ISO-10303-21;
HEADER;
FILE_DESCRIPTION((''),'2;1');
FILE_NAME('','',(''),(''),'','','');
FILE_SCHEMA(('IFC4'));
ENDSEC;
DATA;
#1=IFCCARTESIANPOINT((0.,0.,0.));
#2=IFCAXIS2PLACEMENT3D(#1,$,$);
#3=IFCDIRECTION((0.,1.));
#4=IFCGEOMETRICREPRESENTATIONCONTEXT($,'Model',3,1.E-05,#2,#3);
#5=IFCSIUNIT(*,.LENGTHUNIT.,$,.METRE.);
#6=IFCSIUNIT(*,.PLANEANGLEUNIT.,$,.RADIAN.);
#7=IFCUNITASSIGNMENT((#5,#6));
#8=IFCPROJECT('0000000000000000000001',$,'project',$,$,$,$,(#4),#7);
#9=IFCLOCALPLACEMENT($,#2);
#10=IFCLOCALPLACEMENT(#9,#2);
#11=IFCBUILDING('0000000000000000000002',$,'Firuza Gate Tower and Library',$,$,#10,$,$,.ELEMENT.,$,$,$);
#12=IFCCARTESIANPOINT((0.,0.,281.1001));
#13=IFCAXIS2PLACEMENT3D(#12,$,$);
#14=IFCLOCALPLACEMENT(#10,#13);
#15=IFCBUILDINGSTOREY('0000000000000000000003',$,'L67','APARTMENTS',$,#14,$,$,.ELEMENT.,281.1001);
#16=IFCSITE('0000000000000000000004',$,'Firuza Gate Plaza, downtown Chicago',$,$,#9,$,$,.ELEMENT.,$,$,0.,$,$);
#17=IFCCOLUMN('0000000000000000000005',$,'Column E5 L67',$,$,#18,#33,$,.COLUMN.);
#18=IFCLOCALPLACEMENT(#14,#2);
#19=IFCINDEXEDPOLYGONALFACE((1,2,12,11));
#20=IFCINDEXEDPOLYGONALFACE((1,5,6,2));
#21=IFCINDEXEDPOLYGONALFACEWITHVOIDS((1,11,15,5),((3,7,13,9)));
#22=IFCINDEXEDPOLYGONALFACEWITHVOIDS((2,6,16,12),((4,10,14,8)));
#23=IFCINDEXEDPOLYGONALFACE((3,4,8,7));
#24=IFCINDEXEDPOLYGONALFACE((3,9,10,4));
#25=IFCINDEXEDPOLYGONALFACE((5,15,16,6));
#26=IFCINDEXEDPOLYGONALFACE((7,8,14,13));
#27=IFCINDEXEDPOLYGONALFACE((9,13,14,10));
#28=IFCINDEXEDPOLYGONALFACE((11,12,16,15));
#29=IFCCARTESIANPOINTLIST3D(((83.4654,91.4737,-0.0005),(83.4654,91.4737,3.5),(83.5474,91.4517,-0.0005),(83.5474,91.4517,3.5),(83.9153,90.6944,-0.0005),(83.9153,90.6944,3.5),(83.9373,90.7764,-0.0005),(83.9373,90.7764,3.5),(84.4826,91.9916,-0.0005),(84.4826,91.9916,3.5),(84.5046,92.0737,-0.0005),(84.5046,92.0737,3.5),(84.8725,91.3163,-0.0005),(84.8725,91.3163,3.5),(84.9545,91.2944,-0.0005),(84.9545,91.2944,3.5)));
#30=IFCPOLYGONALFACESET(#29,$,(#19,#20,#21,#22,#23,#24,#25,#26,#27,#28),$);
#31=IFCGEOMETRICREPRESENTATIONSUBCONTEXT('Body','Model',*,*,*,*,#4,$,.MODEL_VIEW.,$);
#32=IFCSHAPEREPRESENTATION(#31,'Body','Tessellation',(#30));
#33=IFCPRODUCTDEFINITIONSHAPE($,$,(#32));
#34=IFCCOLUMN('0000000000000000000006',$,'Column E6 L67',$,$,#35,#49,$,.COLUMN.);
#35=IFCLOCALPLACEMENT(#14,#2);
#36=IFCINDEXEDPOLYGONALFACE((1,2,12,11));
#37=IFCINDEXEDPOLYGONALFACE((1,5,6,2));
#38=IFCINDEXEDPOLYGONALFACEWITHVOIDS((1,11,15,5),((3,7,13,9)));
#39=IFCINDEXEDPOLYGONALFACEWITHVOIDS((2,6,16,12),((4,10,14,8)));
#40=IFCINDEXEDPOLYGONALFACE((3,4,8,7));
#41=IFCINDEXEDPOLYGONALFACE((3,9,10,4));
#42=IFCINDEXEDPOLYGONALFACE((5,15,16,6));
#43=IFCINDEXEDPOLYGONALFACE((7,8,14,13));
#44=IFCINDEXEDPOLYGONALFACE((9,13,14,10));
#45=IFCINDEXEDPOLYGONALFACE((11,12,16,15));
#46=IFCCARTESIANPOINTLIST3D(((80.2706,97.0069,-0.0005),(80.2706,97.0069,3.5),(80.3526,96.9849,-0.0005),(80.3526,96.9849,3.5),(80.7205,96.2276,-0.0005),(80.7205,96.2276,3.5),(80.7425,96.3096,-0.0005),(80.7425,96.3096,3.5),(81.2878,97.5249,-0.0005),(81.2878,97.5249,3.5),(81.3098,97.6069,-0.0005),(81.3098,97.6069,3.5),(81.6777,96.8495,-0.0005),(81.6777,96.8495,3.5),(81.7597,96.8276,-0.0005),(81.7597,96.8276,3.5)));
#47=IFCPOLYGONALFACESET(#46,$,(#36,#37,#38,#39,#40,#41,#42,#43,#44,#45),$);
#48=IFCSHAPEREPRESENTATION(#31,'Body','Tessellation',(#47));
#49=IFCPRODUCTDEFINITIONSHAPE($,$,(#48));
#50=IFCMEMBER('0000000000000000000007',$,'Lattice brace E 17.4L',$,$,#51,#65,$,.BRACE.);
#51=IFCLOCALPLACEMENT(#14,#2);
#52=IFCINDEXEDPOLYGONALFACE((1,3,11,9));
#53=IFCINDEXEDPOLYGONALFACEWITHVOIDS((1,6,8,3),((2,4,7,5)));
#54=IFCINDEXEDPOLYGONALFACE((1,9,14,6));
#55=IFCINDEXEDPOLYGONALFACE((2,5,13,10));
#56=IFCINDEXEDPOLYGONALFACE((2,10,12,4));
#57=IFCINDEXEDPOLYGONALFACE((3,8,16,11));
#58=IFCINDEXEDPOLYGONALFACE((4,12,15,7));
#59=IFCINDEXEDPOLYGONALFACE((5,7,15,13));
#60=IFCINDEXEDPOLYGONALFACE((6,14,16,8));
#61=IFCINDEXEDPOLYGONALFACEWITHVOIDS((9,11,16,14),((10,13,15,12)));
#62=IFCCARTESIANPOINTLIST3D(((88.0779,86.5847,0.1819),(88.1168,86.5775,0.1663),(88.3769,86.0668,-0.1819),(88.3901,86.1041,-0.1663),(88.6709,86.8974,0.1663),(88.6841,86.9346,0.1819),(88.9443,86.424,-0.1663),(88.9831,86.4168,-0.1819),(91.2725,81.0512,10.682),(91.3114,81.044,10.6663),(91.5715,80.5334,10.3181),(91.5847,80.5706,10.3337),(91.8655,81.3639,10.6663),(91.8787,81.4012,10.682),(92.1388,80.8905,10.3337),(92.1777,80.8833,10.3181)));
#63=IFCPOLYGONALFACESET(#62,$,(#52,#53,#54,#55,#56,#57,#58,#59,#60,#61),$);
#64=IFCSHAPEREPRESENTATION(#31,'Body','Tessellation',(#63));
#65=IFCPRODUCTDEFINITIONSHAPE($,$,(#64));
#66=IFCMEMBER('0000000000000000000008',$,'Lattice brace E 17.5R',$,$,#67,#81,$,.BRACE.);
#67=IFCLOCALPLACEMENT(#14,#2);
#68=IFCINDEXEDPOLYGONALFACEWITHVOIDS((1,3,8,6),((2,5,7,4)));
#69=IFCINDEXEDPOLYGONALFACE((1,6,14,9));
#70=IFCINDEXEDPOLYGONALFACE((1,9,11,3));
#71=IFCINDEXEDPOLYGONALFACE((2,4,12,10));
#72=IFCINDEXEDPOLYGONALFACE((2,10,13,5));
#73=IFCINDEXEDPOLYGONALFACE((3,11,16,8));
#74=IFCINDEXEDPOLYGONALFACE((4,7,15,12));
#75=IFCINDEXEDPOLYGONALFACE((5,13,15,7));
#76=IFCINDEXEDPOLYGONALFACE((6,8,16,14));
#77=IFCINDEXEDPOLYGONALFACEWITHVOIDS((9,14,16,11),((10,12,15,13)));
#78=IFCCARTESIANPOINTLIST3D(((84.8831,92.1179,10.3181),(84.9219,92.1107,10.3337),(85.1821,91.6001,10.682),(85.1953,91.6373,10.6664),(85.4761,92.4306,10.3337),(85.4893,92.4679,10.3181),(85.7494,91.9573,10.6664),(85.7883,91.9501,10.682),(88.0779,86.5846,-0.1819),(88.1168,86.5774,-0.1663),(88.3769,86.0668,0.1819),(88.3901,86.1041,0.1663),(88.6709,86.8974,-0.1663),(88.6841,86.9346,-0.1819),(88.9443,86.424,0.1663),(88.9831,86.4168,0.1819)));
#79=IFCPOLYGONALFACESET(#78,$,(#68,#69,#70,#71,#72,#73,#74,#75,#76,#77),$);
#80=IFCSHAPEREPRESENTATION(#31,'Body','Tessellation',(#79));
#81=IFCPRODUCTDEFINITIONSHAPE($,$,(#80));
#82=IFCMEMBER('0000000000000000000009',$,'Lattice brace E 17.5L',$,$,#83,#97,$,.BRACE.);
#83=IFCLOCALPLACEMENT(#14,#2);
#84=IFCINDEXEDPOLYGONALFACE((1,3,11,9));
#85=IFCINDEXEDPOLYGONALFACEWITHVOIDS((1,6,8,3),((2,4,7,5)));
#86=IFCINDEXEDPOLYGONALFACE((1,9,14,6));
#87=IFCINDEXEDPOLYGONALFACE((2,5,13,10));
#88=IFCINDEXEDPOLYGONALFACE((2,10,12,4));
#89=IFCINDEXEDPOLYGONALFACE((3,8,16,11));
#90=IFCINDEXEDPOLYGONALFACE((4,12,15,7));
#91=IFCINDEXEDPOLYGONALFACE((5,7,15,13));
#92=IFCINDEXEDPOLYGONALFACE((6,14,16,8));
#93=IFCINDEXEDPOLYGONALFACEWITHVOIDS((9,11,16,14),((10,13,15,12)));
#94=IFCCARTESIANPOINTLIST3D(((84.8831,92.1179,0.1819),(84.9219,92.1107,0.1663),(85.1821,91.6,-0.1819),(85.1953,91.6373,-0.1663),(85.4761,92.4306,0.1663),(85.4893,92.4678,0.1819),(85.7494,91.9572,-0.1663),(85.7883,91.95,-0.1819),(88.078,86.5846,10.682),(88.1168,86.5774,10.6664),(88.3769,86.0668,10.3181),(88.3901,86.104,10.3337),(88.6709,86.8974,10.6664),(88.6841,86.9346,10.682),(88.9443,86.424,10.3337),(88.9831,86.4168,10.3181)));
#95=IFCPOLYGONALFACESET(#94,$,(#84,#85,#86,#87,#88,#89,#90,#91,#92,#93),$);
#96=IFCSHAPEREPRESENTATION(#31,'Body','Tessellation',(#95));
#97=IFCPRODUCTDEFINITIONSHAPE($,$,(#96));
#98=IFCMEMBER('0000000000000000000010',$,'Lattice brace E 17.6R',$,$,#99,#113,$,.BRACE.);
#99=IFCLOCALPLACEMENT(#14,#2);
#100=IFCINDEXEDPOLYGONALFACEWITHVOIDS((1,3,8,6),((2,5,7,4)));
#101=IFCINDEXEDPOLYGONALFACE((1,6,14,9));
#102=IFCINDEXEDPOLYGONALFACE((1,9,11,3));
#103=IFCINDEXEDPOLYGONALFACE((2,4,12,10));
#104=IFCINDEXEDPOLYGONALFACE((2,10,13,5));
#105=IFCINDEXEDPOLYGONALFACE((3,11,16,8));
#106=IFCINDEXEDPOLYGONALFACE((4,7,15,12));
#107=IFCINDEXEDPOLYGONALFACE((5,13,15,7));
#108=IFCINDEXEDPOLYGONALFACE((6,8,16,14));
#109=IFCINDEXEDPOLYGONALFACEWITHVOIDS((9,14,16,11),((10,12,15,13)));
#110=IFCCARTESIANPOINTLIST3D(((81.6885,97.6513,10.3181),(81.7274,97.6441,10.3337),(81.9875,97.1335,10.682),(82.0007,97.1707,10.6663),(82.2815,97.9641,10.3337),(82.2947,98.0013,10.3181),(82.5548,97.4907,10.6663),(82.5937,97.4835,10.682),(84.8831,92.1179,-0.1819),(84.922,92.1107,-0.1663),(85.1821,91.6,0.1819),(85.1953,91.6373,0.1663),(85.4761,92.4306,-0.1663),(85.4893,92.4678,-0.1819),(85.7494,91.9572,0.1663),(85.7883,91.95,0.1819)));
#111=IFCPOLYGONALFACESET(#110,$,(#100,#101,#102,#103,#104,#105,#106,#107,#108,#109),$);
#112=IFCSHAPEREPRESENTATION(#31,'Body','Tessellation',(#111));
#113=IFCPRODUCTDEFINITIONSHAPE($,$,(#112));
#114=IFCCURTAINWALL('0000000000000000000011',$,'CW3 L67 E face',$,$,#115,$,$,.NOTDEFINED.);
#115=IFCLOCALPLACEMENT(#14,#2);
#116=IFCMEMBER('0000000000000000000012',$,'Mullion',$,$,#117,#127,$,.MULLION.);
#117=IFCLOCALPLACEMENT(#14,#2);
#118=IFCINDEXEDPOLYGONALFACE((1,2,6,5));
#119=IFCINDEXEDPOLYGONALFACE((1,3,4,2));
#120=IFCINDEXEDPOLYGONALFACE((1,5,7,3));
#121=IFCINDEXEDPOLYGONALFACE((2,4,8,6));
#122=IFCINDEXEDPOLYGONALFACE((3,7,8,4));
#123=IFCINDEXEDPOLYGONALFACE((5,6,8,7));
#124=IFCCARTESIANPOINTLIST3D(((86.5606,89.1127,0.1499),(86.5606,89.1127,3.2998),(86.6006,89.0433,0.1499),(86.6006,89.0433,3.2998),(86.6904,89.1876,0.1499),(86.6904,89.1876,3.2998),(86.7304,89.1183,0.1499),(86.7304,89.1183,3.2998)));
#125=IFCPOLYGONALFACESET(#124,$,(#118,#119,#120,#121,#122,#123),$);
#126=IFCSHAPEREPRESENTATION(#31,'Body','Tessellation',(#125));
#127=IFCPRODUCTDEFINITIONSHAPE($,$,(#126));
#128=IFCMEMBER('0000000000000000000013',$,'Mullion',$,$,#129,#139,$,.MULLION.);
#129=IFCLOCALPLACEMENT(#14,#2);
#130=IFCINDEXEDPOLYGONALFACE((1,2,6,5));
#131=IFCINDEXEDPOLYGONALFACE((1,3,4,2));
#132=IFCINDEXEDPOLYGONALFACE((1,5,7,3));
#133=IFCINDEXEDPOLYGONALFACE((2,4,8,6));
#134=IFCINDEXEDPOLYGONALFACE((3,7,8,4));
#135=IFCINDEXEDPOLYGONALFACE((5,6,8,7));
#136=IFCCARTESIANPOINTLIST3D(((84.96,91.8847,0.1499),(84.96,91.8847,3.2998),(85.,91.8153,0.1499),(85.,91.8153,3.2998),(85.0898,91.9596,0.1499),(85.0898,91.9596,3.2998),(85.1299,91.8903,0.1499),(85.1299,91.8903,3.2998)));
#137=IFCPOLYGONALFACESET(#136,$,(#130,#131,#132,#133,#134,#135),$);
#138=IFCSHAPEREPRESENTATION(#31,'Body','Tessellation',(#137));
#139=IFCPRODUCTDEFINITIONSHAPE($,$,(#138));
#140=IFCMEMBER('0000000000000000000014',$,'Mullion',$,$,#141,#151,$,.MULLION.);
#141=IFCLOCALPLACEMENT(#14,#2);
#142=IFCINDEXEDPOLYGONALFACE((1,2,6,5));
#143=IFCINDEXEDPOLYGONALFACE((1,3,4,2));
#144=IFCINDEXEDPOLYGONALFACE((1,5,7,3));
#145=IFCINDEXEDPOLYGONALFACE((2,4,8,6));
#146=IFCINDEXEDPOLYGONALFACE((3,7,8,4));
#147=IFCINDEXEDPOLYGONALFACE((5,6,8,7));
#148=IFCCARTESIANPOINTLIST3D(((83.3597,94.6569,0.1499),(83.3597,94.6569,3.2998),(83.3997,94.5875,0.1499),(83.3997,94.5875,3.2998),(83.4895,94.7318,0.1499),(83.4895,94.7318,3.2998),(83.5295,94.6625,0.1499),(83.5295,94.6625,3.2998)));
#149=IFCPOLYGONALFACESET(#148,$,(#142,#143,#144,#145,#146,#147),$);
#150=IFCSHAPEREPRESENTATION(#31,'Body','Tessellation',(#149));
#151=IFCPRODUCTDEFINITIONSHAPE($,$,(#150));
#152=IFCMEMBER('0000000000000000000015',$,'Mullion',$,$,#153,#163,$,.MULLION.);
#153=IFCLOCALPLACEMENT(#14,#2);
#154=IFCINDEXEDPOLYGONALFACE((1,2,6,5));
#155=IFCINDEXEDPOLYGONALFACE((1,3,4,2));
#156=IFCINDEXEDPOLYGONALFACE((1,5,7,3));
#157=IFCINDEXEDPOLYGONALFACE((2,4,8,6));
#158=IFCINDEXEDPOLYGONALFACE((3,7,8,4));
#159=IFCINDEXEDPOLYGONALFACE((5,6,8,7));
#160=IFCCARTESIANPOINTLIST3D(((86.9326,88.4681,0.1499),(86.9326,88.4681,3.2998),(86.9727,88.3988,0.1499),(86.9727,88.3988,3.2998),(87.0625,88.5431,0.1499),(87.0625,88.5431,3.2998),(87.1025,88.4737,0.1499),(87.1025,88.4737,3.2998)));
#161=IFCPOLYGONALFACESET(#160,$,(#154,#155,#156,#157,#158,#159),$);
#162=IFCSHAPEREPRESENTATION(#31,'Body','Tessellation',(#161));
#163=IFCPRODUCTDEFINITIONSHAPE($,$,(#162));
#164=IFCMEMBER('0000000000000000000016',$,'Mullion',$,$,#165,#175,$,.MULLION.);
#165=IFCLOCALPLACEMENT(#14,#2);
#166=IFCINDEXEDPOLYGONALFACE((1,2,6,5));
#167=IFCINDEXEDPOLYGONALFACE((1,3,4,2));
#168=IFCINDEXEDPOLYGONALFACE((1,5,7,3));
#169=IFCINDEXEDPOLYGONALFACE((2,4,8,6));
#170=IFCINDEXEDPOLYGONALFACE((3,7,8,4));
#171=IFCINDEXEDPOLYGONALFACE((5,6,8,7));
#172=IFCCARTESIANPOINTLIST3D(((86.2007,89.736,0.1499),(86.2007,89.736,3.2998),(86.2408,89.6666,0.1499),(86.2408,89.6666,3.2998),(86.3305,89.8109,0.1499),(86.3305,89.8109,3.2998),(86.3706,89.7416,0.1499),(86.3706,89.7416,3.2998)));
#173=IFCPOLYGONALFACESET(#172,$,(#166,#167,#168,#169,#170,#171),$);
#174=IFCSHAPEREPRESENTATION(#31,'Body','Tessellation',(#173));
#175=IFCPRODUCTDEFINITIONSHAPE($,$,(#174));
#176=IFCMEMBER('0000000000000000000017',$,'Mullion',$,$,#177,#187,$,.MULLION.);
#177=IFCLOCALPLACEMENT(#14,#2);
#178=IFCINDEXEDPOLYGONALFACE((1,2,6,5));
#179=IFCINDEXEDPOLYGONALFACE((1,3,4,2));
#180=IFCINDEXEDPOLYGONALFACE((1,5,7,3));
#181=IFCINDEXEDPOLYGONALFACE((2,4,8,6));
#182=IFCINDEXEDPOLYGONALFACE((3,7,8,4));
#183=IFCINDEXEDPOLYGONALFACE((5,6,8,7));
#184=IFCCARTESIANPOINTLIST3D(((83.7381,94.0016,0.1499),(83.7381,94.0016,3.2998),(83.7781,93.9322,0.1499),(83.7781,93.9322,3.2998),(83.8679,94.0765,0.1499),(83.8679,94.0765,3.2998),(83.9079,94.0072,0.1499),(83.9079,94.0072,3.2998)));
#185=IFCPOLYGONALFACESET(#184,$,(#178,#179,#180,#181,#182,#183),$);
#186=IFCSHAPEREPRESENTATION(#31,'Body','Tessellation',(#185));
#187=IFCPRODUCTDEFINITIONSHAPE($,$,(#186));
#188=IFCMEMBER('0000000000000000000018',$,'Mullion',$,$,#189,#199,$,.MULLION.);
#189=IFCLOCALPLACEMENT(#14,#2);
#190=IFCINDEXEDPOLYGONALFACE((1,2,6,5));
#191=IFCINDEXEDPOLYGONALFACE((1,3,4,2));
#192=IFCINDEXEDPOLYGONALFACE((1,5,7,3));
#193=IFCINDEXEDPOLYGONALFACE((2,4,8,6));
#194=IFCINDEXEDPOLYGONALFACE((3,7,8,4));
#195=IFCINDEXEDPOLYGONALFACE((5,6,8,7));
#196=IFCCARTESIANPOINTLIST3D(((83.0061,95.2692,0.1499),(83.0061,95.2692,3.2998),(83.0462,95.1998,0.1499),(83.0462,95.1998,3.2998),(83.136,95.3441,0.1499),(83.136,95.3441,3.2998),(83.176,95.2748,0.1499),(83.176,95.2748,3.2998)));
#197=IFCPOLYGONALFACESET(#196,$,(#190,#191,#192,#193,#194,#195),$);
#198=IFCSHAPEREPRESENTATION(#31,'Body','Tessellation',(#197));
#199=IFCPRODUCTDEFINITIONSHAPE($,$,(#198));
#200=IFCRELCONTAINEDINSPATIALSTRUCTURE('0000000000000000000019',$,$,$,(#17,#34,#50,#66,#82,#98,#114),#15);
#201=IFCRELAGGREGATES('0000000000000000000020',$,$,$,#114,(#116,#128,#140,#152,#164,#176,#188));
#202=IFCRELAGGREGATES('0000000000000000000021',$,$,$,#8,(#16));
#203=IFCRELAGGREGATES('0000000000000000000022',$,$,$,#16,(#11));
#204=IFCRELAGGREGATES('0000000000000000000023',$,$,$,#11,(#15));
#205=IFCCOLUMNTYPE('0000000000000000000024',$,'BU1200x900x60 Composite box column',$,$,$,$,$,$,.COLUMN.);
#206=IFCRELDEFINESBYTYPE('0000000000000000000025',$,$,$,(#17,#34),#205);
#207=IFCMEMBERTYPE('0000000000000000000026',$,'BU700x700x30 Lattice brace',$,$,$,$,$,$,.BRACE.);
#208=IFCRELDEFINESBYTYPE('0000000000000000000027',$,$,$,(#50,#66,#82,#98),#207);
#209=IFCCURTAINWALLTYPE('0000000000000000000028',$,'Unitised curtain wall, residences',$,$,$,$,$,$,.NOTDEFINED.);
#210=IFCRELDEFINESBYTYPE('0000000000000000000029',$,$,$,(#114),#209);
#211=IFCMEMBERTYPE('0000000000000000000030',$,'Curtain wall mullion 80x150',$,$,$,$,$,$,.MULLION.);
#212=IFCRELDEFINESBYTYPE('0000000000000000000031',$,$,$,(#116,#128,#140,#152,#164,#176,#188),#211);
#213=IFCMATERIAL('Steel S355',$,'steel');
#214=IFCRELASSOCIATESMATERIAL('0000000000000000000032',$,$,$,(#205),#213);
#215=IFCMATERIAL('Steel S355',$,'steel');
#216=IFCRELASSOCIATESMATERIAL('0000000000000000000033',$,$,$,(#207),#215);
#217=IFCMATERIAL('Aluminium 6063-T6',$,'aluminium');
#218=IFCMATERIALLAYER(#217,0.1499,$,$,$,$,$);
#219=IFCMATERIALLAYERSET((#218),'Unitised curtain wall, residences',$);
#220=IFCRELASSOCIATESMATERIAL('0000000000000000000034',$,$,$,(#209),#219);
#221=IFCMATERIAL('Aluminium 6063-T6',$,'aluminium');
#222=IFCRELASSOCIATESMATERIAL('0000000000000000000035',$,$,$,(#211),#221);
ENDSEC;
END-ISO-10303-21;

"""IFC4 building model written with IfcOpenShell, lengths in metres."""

from ifc_helpers import new_model, si_unit, direction, frame, origin, origin_2d, place, context, subcontext, project, spatial, rectangle, hollow_rectangle, extrude, material, layer, layer_set, material_profile, profile_set, type_object, element, aggregate, save


model = new_model("IFC4")

# Units and contexts
model_context = context("Model", 3, precision=1e-05, world=origin(), true_north=direction((0.0, 1.0)))
body_context = subcontext(model_context, "Body", "Model", "MODEL_VIEW")
ifc_project = project(units=[si_unit("LENGTHUNIT", "METRE"), si_unit("PLANEANGLEUNIT", "RADIAN")], contexts=[model_context])

# Site, building, storey
site_placement = place(None, origin())
site = spatial("IfcSite", under=ifc_project, at=site_placement, Name="Firuza Gate Plaza, downtown Chicago", CompositionType="ELEMENT", RefElevation=0.0)
building_placement = place(site_placement, origin())
building = spatial("IfcBuilding", under=site, at=building_placement, Name="Firuza Gate Tower and Library", CompositionType="ELEMENT")
storey_placement = place(building_placement, frame((0.0, 0.0, 281.1001)))
storey = spatial("IfcBuildingStorey", under=building, at=storey_placement, Name="L67", Description="APARTMENTS", CompositionType="ELEMENT", Elevation=281.1001)

# Columns
ifc_material_1 = material(Name="Steel S355", Category="steel")
ifc_material_profile_1 = material_profile(ifc_material_1, hollow_rectangle(XDim=0.8999, YDim=1.2, WallThickness=0.0601, at=origin_2d()))
ifc_profile_set_1 = profile_set([ifc_material_profile_1], Name="Steel S355")
column_type = type_object("IfcColumnType", Name="BU1200x900x60 Composite box column", PredefinedType="COLUMN", material=ifc_profile_set_1)
for number, where, z_axis, x_axis, name in (
    (1, (84.21, 91.384, -0.0005), (0.0, 0.0, 1.0), (-0.5, 0.866025, 0.0), "Column E5 L67"),
    (2, (81.0151, 96.9172, -0.0005), (0.0, 0.0, 1.0), (-0.5, 0.866025, 0.0), "Column E6 L67"),
):
    element("IfcColumn", number, at=place(storey_placement, frame(where, z_axis=z_axis, x_axis=x_axis)), inside=storey, type_object=column_type, Name=name, PredefinedType="COLUMN", context=body_context, shape_type="SweptSolid", body=[
        extrude(hollow_rectangle(XDim=0.8999, YDim=1.2, WallThickness=0.0601, at=origin_2d()), origin(), (0.0, 0.0, 1.0), 3.5005),
    ])

# Members
ifc_material_2 = material(Name="Steel S355", Category="steel")
ifc_material_profile_2 = material_profile(ifc_material_2, hollow_rectangle(XDim=0.7, YDim=0.7, WallThickness=0.03, at=origin_2d()))
ifc_profile_set_2 = profile_set([ifc_material_profile_2], Name="Steel S355")
member_type_1 = type_object("IfcMemberType", Name="BU700x700x30 Lattice brace", PredefinedType="BRACE", material=ifc_profile_set_2)
for number, where, z_axis, x_axis, name in (
    (3, (88.5305, 86.5007, 0.0), (0.259907, -0.450195, 0.854268), (0.866036, 0.499982, 0.0), "Lattice brace E 17.4L"),
    (4, (88.5305, 86.5007, 0.0), (-0.259928, 0.450177, 0.854271), (-0.86601, -0.500027, 0.0), "Lattice brace E 17.5R"),
    (5, (85.3357, 92.0339, 0.0), (0.259928, -0.450177, 0.854271), (0.86601, 0.500027, 0.0), "Lattice brace E 17.5L"),
    (6, (85.3357, 92.0339, 0.0), (-0.259907, 0.450195, 0.854268), (-0.866036, -0.499982, 0.0), "Lattice brace E 17.6R"),
):
    element("IfcMember", number, at=place(storey_placement, frame(where, z_axis=z_axis, x_axis=x_axis)), inside=storey, type_object=member_type_1, Name=name, PredefinedType="BRACE", context=body_context, shape_type="SweptSolid", body=[
        extrude(hollow_rectangle(XDim=0.7, YDim=0.7, WallThickness=0.03, at=origin_2d()), origin(), (0.0, 0.0, 1.0), 12.2913),
    ])

# Curtain wall, members
ifc_material_3 = material(Name="Aluminium 6063-T6", Category="aluminium")
ifc_layer_1 = layer(ifc_material_3, 0.1499)
ifc_layer_set_1 = layer_set([ifc_layer_1], Name="Unitised curtain wall, residences")
curtain_wall_type = type_object("IfcCurtainWallType", Name="Unitised curtain wall, residences", PredefinedType="NOTDEFINED", material=ifc_layer_set_1)
curtain_wall_placement = place(storey_placement, origin())
curtain_wall = element("IfcCurtainWall", 7, at=curtain_wall_placement, inside=storey, type_object=curtain_wall_type, Name="CW3 L67 E face", PredefinedType="NOTDEFINED")
ifc_material_4 = material(Name="Aluminium 6063-T6", Category="aluminium")
ifc_material_profile_3 = material_profile(ifc_material_4, rectangle(XDim=0.1499, YDim=0.0801, at=origin_2d()))
ifc_profile_set_3 = profile_set([ifc_material_profile_3], Name="Aluminium 6063-T6")
member_type_2 = type_object("IfcMemberType", Name="Curtain wall mullion 80x150", PredefinedType="MULLION", material=ifc_profile_set_3)
member_1_placement = place(storey_placement, frame((86.6455, 89.1155, 0.1499), z_axis=(0.0, 0.0, 1.0), x_axis=(-0.866025, -0.5, 0.0)))
member_1 = element("IfcMember", 8, at=member_1_placement, type_object=member_type_2, Name="Mullion", PredefinedType="MULLION", context=body_context, shape_type="SweptSolid", body=[
    extrude(rectangle(XDim=0.1499, YDim=0.0801, at=origin_2d()), origin(), (0.0, 0.0, 1.0), 3.1499),
])
member_2_placement = place(storey_placement, frame((85.0449, 91.8875, 0.1499), z_axis=(0.0, 0.0, 1.0), x_axis=(-0.866025, -0.5, 0.0)))
member_2 = element("IfcMember", 9, at=member_2_placement, type_object=member_type_2, Name="Mullion", PredefinedType="MULLION", context=body_context, shape_type="SweptSolid", body=[
    extrude(rectangle(XDim=0.1499, YDim=0.0801, at=origin_2d()), origin(), (0.0, 0.0, 1.0), 3.1499),
])
member_3_placement = place(storey_placement, frame((83.4446, 94.6597, 0.1499), z_axis=(0.0, 0.0, 1.0), x_axis=(-0.866025, -0.5, 0.0)))
member_3 = element("IfcMember", 10, at=member_3_placement, type_object=member_type_2, Name="Mullion", PredefinedType="MULLION", context=body_context, shape_type="SweptSolid", body=[
    extrude(rectangle(XDim=0.1499, YDim=0.0801, at=origin_2d()), origin(), (0.0, 0.0, 1.0), 3.1499),
])
member_4_placement = place(storey_placement, frame((87.0176, 88.4709, 0.1499), z_axis=(0.0, 0.0, 1.0), x_axis=(-0.866025, -0.5, 0.0)))
member_4 = element("IfcMember", 11, at=member_4_placement, type_object=member_type_2, Name="Mullion", PredefinedType="MULLION", context=body_context, shape_type="SweptSolid", body=[
    extrude(rectangle(XDim=0.1499, YDim=0.0801, at=origin_2d()), origin(), (0.0, 0.0, 1.0), 3.1499),
])
member_5_placement = place(storey_placement, frame((86.2856, 89.7388, 0.1499), z_axis=(0.0, 0.0, 1.0), x_axis=(-0.866025, -0.5, 0.0)))
member_5 = element("IfcMember", 12, at=member_5_placement, type_object=member_type_2, Name="Mullion", PredefinedType="MULLION", context=body_context, shape_type="SweptSolid", body=[
    extrude(rectangle(XDim=0.1499, YDim=0.0801, at=origin_2d()), origin(), (0.0, 0.0, 1.0), 3.1499),
])
member_6_placement = place(storey_placement, frame((83.823, 94.0044, 0.1499), z_axis=(0.0, 0.0, 1.0), x_axis=(-0.866025, -0.5, 0.0)))
member_6 = element("IfcMember", 13, at=member_6_placement, type_object=member_type_2, Name="Mullion", PredefinedType="MULLION", context=body_context, shape_type="SweptSolid", body=[
    extrude(rectangle(XDim=0.1499, YDim=0.0801, at=origin_2d()), origin(), (0.0, 0.0, 1.0), 3.1499),
])
member_7_placement = place(storey_placement, frame((83.0911, 95.272, 0.1499), z_axis=(0.0, 0.0, 1.0), x_axis=(-0.866025, -0.5, 0.0)))
member_7 = element("IfcMember", 14, at=member_7_placement, type_object=member_type_2, Name="Mullion", PredefinedType="MULLION", context=body_context, shape_type="SweptSolid", body=[
    extrude(rectangle(XDim=0.1499, YDim=0.0801, at=origin_2d()), origin(), (0.0, 0.0, 1.0), 3.1499),
])

aggregate(curtain_wall, [member_1, member_2, member_3, member_4, member_5, member_6, member_7])

save(model, "model.ifc")
